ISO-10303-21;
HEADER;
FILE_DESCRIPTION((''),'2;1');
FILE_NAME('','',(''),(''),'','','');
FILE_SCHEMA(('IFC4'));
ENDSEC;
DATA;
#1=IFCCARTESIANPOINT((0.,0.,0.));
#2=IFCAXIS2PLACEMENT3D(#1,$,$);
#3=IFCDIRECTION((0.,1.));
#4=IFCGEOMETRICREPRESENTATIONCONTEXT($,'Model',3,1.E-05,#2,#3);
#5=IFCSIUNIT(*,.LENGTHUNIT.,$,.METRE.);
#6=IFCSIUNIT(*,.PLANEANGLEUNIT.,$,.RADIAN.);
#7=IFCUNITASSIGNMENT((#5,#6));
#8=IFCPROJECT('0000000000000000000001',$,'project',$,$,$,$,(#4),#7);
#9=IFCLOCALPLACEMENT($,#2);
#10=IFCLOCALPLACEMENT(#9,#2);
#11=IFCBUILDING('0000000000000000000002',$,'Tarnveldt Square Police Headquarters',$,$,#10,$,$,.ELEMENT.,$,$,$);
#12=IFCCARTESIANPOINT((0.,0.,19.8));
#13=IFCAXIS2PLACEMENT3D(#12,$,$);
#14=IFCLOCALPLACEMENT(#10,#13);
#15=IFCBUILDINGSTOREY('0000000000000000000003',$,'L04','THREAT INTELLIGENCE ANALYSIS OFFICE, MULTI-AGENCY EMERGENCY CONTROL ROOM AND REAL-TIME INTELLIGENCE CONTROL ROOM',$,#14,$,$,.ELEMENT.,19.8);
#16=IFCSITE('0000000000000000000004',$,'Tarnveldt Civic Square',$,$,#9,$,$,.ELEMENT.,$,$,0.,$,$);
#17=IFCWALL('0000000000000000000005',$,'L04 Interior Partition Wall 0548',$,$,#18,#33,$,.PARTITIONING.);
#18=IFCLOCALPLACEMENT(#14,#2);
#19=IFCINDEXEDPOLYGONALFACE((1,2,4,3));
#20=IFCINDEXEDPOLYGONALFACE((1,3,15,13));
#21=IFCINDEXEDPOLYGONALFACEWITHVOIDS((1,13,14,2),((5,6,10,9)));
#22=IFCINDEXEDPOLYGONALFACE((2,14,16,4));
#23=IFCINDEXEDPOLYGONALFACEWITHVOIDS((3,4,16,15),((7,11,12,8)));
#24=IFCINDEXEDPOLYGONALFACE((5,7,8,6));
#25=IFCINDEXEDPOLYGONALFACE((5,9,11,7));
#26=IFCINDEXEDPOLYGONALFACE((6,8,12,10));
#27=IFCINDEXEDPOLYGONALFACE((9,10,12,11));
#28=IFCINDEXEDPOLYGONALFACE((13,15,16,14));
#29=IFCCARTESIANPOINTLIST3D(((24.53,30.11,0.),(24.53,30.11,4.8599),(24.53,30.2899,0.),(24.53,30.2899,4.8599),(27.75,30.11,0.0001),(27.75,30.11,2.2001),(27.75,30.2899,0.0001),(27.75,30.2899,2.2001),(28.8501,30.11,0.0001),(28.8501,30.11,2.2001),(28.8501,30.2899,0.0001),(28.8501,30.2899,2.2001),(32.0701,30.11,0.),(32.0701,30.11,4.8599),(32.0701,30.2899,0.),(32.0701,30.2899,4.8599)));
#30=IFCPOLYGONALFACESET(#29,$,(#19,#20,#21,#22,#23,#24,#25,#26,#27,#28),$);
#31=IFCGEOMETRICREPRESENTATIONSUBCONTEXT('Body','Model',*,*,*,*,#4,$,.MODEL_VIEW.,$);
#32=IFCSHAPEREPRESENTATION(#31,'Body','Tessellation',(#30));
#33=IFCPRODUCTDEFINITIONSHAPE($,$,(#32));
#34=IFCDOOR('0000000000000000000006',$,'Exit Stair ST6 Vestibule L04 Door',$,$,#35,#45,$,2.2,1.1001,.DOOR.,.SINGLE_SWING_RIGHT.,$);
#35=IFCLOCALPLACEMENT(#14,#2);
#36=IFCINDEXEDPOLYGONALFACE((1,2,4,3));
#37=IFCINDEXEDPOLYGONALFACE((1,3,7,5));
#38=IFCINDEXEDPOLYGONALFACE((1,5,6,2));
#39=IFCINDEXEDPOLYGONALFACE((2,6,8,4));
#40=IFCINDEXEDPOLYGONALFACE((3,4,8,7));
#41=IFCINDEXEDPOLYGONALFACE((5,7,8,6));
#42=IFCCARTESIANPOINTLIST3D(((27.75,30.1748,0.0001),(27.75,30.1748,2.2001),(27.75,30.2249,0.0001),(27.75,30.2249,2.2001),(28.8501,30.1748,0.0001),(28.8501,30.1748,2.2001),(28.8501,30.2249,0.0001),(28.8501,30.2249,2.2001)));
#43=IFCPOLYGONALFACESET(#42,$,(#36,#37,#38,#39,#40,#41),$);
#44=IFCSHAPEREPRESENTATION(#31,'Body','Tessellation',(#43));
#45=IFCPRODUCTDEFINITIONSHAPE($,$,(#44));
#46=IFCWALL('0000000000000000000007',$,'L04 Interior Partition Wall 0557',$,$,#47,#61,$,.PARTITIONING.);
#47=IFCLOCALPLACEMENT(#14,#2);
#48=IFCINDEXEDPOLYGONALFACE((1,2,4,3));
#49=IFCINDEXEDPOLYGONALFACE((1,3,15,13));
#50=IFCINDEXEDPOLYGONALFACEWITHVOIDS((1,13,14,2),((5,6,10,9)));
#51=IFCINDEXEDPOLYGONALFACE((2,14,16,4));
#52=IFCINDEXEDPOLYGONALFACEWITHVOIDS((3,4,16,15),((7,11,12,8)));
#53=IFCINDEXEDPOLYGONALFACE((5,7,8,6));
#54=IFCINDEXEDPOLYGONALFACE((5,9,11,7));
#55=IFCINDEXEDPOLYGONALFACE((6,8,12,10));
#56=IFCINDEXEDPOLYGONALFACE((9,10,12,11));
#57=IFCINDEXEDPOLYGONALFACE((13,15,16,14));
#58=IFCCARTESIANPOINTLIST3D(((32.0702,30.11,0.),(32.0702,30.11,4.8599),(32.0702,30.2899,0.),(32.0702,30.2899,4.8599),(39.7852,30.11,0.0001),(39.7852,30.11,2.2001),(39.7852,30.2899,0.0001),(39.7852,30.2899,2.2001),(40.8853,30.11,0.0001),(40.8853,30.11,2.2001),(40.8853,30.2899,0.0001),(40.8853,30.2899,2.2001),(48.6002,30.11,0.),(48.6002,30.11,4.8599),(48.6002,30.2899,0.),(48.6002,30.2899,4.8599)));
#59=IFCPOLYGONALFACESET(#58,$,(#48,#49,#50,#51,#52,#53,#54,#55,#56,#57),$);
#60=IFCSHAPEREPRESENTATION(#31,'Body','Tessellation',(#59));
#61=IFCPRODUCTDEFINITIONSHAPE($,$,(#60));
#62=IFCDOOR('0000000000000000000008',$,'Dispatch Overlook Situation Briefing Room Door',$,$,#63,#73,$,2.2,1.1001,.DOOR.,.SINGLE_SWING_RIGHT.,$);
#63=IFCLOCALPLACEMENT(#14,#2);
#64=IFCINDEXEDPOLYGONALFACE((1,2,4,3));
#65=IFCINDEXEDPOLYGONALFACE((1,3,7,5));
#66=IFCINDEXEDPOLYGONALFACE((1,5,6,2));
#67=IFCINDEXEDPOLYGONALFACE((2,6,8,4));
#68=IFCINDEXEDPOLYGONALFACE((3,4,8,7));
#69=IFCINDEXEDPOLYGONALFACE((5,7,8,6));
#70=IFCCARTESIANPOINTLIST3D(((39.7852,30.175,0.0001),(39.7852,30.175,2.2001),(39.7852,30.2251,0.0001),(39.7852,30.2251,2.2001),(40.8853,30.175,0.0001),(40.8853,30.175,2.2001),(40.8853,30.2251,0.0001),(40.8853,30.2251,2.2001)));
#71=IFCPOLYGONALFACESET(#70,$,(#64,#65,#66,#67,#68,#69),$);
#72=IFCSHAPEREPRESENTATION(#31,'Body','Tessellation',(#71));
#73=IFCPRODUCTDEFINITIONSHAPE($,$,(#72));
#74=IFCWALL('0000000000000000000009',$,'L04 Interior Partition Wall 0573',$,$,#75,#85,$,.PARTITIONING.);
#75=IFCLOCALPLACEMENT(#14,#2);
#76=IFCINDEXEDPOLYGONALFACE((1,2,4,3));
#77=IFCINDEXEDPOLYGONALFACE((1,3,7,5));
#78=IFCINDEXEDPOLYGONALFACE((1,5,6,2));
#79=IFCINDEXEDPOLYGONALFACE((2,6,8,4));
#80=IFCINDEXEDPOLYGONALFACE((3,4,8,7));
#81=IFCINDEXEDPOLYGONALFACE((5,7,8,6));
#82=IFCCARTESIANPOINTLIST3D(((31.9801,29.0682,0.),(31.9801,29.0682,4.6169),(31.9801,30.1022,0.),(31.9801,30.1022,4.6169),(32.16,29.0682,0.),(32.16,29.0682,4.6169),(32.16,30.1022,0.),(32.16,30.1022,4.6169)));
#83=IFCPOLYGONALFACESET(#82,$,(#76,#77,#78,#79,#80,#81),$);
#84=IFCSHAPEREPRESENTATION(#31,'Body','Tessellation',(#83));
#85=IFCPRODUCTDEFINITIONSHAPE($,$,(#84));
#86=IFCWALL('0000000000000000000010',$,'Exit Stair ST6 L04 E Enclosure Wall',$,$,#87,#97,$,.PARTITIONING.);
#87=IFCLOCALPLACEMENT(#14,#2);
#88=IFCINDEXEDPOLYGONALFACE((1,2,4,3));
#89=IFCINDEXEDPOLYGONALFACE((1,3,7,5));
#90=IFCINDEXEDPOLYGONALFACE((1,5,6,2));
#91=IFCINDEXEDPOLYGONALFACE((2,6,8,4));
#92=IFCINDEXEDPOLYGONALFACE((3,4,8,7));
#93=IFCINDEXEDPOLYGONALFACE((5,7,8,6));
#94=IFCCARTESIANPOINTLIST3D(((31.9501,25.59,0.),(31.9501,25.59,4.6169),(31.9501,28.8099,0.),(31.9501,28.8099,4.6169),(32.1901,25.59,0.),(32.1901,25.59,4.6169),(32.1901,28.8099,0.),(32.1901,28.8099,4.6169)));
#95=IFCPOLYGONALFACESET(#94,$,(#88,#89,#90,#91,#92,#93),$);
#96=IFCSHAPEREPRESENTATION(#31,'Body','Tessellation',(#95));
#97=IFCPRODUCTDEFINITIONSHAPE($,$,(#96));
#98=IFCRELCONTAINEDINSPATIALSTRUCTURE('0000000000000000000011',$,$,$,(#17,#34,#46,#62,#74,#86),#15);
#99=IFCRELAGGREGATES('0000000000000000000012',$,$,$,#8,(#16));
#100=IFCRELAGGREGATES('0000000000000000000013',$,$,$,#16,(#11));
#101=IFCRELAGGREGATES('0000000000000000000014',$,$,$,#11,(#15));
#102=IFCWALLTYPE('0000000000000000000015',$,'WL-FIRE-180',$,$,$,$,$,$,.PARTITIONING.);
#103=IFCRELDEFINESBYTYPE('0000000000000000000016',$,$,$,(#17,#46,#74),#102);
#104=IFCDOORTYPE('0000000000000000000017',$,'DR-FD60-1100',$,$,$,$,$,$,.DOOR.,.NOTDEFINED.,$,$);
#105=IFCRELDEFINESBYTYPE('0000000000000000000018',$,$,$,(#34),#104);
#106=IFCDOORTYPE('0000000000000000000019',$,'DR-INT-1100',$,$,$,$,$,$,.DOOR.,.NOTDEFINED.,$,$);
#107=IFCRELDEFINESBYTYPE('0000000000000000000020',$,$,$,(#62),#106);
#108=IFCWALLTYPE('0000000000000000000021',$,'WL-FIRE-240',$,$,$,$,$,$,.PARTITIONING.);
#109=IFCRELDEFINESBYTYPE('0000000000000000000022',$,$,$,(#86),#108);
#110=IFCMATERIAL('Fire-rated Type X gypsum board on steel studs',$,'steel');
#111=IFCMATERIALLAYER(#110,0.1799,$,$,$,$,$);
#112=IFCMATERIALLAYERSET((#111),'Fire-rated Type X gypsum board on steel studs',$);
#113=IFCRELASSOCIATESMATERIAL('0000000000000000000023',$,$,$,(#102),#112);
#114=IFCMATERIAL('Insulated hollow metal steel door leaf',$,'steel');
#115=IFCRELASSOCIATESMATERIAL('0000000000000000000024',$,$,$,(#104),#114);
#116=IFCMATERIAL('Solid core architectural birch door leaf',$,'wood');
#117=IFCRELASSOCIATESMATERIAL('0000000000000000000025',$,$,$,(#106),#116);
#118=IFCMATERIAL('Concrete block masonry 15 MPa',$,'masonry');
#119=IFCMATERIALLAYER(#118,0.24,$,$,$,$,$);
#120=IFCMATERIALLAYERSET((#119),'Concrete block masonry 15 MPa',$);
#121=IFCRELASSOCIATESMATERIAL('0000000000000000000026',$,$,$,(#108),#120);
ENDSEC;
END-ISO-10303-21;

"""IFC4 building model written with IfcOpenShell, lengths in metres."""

from ifc_helpers import new_model, si_unit, direction, frame, frame_2d, origin, place, context, subcontext, project, spatial, rectangle, extrude, material, layer, layer_set, type_object, element, fill, save


model = new_model("IFC4")

# Units and contexts
model_context = context("Model", 3, precision=1e-05, world=origin(), true_north=direction((0.0, 1.0)))
body_context = subcontext(model_context, "Body", "Model", "MODEL_VIEW")
ifc_project = project(units=[si_unit("LENGTHUNIT", "METRE"), si_unit("PLANEANGLEUNIT", "RADIAN")], contexts=[model_context])

# Site, building, storey
site_placement = place(None, origin())
site = spatial("IfcSite", under=ifc_project, at=site_placement, Name="Tarnveldt Civic Square", CompositionType="ELEMENT", RefElevation=0.0)
building_placement = place(site_placement, origin())
building = spatial("IfcBuilding", under=site, at=building_placement, Name="Tarnveldt Square Police Headquarters", CompositionType="ELEMENT")
storey_placement = place(building_placement, frame((0.0, 0.0, 19.8)))
storey = spatial("IfcBuildingStorey", under=building, at=storey_placement, Name="L04", Description="THREAT INTELLIGENCE ANALYSIS OFFICE, MULTI-AGENCY EMERGENCY CONTROL ROOM AND REAL-TIME INTELLIGENCE CONTROL ROOM", CompositionType="ELEMENT", Elevation=19.8)

# Shared definitions
ifc_material_1 = material(Name="Fire-rated Type X gypsum board on steel studs", Category="steel")

# Walls, openings, doors
ifc_layer_1 = layer(ifc_material_1, 0.1799)
ifc_layer_set_1 = layer_set([ifc_layer_1], Name="Fire-rated Type X gypsum board on steel studs")
wall_type_1 = type_object("IfcWallType", Name="WL-FIRE-180", PredefinedType="PARTITIONING", material=ifc_layer_set_1)
wall_1_placement = place(storey_placement, frame((24.53, 30.2, 0.0), z_axis=(0.0, 0.0, 1.0), x_axis=(1.0, 0.0, 0.0)))
wall_1 = element("IfcWall", 1, at=wall_1_placement, inside=storey, type_object=wall_type_1, Name="L04 Interior Partition Wall 0548", PredefinedType="PARTITIONING", context=body_context, shape_type="SweptSolid", body=[
    extrude(rectangle(XDim=7.54, YDim=0.1799, at=frame_2d((3.77, 0.0))), origin(), (0.0, 0.0, 1.0), 4.8599),
])
opening_1_placement = place(wall_1_placement, frame((3.22, 0.0, 0.0)))
opening_1 = element("IfcOpeningElement", 2, at=opening_1_placement, cuts=wall_1, PredefinedType="OPENING", context=body_context, shape_type="SweptSolid", body=[
    extrude(rectangle(XDim=1.1001, YDim=2.2, at=frame_2d((0.55, 1.1001))), frame((0.0, 0.0999, 0.0), z_axis=(0.0, -1.0, 0.0), x_axis=(1.0, 0.0, 0.0)), (0.0, 0.0, 1.0), 0.2),
])
ifc_material_2 = material(Name="Insulated hollow metal steel door leaf", Category="steel")
door_type_1 = type_object("IfcDoorType", Name="DR-FD60-1100", OperationType="NOTDEFINED", PredefinedType="DOOR", material=ifc_material_2)
door_1_placement = place(opening_1_placement, origin())
door_1 = element("IfcDoor", 3, at=door_1_placement, inside=storey, type_object=door_type_1, Name="Exit Stair ST6 Vestibule L04 Door", OperationType="SINGLE_SWING_RIGHT", OverallHeight=2.2, OverallWidth=1.1001, PredefinedType="DOOR", context=body_context, shape_type="SweptSolid", body=[
    extrude(rectangle(XDim=1.1001, YDim=2.2, at=frame_2d((0.55, 1.1001))), frame((0.0, 0.0249, 0.0), z_axis=(0.0, -1.0, 0.0), x_axis=(1.0, 0.0, 0.0)), (0.0, 0.0, 1.0), 0.05),
])
fill(opening_1, door_1)
wall_2_placement = place(storey_placement, frame((32.0701, 30.2, 0.0), z_axis=(0.0, 0.0, 1.0), x_axis=(1.0, 0.0, 0.0)))
wall_2 = element("IfcWall", 4, at=wall_2_placement, inside=storey, type_object=wall_type_1, Name="L04 Interior Partition Wall 0557", PredefinedType="PARTITIONING", context=body_context, shape_type="SweptSolid", body=[
    extrude(rectangle(XDim=16.53, YDim=0.1799, at=frame_2d((8.2651, 0.0))), origin(), (0.0, 0.0, 1.0), 4.8599),
])
opening_2_placement = place(wall_2_placement, frame((7.7151, 0.0, 0.0)))
opening_2 = element("IfcOpeningElement", 5, at=opening_2_placement, cuts=wall_2, PredefinedType="OPENING", context=body_context, shape_type="SweptSolid", body=[
    extrude(rectangle(XDim=1.1001, YDim=2.2, at=frame_2d((0.55, 1.1001))), frame((0.0, 0.0999, 0.0), z_axis=(0.0, -1.0, 0.0), x_axis=(1.0, 0.0, 0.0)), (0.0, 0.0, 1.0), 0.2),
])
ifc_material_3 = material(Name="Solid core architectural birch door leaf", Category="wood")
door_type_2 = type_object("IfcDoorType", Name="DR-INT-1100", OperationType="NOTDEFINED", PredefinedType="DOOR", material=ifc_material_3)
door_2_placement = place(opening_2_placement, frame((1.1001, 0.0, 0.0), z_axis=(0.0, 0.0, 1.0), x_axis=(-1.0, 0.0, 0.0)))
door_2 = element("IfcDoor", 6, at=door_2_placement, inside=storey, type_object=door_type_2, Name="Dispatch Overlook Situation Briefing Room Door", OperationType="SINGLE_SWING_RIGHT", OverallHeight=2.2, OverallWidth=1.1001, PredefinedType="DOOR", context=body_context, shape_type="SweptSolid", body=[
    extrude(rectangle(XDim=1.1001, YDim=2.2, at=frame_2d((0.55, 1.1001))), frame((0.0, 0.0249, 0.0), z_axis=(0.0, -1.0, 0.0), x_axis=(1.0, 0.0, 0.0)), (0.0, 0.0, 1.0), 0.05),
])
fill(opening_2, door_2)

# Walls
wall_3_placement = place(storey_placement, frame((32.0701, 29.0681, 0.0), z_axis=(0.0, 0.0, 1.0), x_axis=(0.0, 1.0, 0.0)))
element("IfcWall", 7, at=wall_3_placement, inside=storey, type_object=wall_type_1, Name="L04 Interior Partition Wall 0573", PredefinedType="PARTITIONING", context=body_context, shape_type="SweptSolid", body=[
    extrude(rectangle(XDim=1.0339, YDim=0.1799, at=frame_2d((0.5171, 0.0))), origin(), (0.0, 0.0, 1.0), 4.6169),
])
ifc_material_4 = material(Name="Concrete block masonry 15 MPa", Category="masonry")
ifc_layer_2 = layer(ifc_material_4, 0.24)
ifc_layer_set_2 = layer_set([ifc_layer_2], Name="Concrete block masonry 15 MPa")
wall_type_2 = type_object("IfcWallType", Name="WL-FIRE-240", PredefinedType="PARTITIONING", material=ifc_layer_set_2)
wall_4_placement = place(storey_placement, frame((32.0701, 25.5901, 0.0), z_axis=(0.0, 0.0, 1.0), x_axis=(0.0, 1.0, 0.0)))
element("IfcWall", 8, at=wall_4_placement, inside=storey, type_object=wall_type_2, Name="Exit Stair ST6 L04 E Enclosure Wall", PredefinedType="PARTITIONING", context=body_context, shape_type="SweptSolid", body=[
    extrude(rectangle(XDim=3.22, YDim=0.24, at=frame_2d((1.6099, 0.0))), origin(), (0.0, 0.0, 1.0), 4.6169),
])

save(model, "model.ifc")
